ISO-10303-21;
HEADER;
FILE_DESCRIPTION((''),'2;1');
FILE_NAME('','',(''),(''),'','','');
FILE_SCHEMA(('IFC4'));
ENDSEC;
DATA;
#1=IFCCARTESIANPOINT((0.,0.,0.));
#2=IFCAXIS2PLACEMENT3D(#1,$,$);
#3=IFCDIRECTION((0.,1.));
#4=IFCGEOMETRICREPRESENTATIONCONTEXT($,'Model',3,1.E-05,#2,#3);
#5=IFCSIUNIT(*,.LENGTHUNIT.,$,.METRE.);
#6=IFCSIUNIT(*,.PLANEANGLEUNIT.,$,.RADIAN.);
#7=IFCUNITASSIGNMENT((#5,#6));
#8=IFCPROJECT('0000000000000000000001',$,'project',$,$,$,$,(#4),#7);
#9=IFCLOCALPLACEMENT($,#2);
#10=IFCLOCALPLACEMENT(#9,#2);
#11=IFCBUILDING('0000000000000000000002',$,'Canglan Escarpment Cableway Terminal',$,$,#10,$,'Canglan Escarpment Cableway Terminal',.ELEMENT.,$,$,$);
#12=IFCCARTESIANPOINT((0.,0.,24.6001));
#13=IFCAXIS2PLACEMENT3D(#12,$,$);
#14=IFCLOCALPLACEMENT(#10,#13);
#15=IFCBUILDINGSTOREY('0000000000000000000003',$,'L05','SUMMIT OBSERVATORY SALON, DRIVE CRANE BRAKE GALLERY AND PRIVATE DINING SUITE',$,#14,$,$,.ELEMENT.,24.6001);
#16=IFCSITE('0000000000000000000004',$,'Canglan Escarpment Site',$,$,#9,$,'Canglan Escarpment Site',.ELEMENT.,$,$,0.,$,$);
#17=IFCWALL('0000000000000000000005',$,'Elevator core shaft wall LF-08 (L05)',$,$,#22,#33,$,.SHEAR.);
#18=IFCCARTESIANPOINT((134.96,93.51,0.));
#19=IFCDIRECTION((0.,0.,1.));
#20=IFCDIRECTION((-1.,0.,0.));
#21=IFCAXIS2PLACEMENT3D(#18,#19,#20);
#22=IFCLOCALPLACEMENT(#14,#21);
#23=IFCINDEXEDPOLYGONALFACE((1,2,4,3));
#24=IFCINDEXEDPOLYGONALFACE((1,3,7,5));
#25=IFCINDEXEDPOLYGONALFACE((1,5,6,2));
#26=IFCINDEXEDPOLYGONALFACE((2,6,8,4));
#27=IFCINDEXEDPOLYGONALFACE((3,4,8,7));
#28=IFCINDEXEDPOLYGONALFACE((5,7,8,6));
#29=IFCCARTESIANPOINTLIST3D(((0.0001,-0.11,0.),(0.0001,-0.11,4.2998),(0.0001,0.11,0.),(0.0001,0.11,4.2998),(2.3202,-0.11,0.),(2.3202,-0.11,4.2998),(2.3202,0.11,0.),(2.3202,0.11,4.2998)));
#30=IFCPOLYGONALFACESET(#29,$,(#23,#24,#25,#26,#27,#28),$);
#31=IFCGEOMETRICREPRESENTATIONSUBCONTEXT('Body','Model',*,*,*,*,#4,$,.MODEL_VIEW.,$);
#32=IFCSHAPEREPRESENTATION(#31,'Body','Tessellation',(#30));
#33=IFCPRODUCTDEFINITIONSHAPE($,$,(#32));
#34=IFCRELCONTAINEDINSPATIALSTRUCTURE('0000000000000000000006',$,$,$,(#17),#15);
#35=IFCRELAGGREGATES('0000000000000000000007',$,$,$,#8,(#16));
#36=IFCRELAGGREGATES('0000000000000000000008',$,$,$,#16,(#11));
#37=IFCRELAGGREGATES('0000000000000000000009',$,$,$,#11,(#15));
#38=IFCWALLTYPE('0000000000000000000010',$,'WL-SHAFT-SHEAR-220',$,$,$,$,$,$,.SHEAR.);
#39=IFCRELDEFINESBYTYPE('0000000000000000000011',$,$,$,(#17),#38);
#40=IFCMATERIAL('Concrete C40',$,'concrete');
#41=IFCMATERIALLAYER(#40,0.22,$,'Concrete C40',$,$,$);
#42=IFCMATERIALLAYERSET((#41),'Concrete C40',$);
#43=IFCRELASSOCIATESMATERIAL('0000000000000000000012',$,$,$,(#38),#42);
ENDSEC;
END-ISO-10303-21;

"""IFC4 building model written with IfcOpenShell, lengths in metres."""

from ifc_helpers import new_model, si_unit, direction, frame, frame_2d, origin, place, context, subcontext, project, spatial, rectangle, extrude, material, layer, layer_set, type_object, element, save


model = new_model("IFC4")

# Units and contexts
model_context = context("Model", 3, precision=1e-05, world=origin(), true_north=direction((0.0, 1.0)))
body_context = subcontext(model_context, "Body", "Model", "MODEL_VIEW")
ifc_project = project(units=[si_unit("LENGTHUNIT", "METRE"), si_unit("PLANEANGLEUNIT", "RADIAN")], contexts=[model_context])

# Site, building, storey
site_placement = place(None, origin())
site = spatial("IfcSite", under=ifc_project, at=site_placement, Name="Canglan Escarpment Site", LongName="Canglan Escarpment Site", CompositionType="ELEMENT", RefElevation=0.0)
building_placement = place(site_placement, origin())
building = spatial("IfcBuilding", under=site, at=building_placement, Name="Canglan Escarpment Cableway Terminal", LongName="Canglan Escarpment Cableway Terminal", CompositionType="ELEMENT")
storey_placement = place(building_placement, frame((0.0, 0.0, 24.6001)))
storey = spatial("IfcBuildingStorey", under=building, at=storey_placement, Name="L05", Description="SUMMIT OBSERVATORY SALON, DRIVE CRANE BRAKE GALLERY AND PRIVATE DINING SUITE", CompositionType="ELEMENT", Elevation=24.6001)

# Wall
ifc_material_1 = material(Name="Concrete C40", Category="concrete")
ifc_layer_1 = layer(ifc_material_1, 0.22, Name="Concrete C40")
ifc_layer_set_1 = layer_set([ifc_layer_1], Name="Concrete C40")
wall_type_1 = type_object("IfcWallType", Name="WL-SHAFT-SHEAR-220", PredefinedType="SHEAR", material=ifc_layer_set_1)
wall_1_placement = place(storey_placement, frame((134.96, 93.51, 0.0), z_axis=(0.0, 0.0, 1.0), x_axis=(-1.0, 0.0, 0.0)))
element("IfcWall", 1, at=wall_1_placement, inside=storey, type_object=wall_type_1, Name="Elevator core shaft wall LF-08 (L05)", PredefinedType="SHEAR", context=body_context, shape_type="SweptSolid", body=[
    extrude(rectangle(XDim=2.3201, YDim=0.22, at=frame_2d((1.1602, 0.0))), origin(), (0.0, 0.0, 1.0), 4.2998),
])

save(model, "model.ifc")
